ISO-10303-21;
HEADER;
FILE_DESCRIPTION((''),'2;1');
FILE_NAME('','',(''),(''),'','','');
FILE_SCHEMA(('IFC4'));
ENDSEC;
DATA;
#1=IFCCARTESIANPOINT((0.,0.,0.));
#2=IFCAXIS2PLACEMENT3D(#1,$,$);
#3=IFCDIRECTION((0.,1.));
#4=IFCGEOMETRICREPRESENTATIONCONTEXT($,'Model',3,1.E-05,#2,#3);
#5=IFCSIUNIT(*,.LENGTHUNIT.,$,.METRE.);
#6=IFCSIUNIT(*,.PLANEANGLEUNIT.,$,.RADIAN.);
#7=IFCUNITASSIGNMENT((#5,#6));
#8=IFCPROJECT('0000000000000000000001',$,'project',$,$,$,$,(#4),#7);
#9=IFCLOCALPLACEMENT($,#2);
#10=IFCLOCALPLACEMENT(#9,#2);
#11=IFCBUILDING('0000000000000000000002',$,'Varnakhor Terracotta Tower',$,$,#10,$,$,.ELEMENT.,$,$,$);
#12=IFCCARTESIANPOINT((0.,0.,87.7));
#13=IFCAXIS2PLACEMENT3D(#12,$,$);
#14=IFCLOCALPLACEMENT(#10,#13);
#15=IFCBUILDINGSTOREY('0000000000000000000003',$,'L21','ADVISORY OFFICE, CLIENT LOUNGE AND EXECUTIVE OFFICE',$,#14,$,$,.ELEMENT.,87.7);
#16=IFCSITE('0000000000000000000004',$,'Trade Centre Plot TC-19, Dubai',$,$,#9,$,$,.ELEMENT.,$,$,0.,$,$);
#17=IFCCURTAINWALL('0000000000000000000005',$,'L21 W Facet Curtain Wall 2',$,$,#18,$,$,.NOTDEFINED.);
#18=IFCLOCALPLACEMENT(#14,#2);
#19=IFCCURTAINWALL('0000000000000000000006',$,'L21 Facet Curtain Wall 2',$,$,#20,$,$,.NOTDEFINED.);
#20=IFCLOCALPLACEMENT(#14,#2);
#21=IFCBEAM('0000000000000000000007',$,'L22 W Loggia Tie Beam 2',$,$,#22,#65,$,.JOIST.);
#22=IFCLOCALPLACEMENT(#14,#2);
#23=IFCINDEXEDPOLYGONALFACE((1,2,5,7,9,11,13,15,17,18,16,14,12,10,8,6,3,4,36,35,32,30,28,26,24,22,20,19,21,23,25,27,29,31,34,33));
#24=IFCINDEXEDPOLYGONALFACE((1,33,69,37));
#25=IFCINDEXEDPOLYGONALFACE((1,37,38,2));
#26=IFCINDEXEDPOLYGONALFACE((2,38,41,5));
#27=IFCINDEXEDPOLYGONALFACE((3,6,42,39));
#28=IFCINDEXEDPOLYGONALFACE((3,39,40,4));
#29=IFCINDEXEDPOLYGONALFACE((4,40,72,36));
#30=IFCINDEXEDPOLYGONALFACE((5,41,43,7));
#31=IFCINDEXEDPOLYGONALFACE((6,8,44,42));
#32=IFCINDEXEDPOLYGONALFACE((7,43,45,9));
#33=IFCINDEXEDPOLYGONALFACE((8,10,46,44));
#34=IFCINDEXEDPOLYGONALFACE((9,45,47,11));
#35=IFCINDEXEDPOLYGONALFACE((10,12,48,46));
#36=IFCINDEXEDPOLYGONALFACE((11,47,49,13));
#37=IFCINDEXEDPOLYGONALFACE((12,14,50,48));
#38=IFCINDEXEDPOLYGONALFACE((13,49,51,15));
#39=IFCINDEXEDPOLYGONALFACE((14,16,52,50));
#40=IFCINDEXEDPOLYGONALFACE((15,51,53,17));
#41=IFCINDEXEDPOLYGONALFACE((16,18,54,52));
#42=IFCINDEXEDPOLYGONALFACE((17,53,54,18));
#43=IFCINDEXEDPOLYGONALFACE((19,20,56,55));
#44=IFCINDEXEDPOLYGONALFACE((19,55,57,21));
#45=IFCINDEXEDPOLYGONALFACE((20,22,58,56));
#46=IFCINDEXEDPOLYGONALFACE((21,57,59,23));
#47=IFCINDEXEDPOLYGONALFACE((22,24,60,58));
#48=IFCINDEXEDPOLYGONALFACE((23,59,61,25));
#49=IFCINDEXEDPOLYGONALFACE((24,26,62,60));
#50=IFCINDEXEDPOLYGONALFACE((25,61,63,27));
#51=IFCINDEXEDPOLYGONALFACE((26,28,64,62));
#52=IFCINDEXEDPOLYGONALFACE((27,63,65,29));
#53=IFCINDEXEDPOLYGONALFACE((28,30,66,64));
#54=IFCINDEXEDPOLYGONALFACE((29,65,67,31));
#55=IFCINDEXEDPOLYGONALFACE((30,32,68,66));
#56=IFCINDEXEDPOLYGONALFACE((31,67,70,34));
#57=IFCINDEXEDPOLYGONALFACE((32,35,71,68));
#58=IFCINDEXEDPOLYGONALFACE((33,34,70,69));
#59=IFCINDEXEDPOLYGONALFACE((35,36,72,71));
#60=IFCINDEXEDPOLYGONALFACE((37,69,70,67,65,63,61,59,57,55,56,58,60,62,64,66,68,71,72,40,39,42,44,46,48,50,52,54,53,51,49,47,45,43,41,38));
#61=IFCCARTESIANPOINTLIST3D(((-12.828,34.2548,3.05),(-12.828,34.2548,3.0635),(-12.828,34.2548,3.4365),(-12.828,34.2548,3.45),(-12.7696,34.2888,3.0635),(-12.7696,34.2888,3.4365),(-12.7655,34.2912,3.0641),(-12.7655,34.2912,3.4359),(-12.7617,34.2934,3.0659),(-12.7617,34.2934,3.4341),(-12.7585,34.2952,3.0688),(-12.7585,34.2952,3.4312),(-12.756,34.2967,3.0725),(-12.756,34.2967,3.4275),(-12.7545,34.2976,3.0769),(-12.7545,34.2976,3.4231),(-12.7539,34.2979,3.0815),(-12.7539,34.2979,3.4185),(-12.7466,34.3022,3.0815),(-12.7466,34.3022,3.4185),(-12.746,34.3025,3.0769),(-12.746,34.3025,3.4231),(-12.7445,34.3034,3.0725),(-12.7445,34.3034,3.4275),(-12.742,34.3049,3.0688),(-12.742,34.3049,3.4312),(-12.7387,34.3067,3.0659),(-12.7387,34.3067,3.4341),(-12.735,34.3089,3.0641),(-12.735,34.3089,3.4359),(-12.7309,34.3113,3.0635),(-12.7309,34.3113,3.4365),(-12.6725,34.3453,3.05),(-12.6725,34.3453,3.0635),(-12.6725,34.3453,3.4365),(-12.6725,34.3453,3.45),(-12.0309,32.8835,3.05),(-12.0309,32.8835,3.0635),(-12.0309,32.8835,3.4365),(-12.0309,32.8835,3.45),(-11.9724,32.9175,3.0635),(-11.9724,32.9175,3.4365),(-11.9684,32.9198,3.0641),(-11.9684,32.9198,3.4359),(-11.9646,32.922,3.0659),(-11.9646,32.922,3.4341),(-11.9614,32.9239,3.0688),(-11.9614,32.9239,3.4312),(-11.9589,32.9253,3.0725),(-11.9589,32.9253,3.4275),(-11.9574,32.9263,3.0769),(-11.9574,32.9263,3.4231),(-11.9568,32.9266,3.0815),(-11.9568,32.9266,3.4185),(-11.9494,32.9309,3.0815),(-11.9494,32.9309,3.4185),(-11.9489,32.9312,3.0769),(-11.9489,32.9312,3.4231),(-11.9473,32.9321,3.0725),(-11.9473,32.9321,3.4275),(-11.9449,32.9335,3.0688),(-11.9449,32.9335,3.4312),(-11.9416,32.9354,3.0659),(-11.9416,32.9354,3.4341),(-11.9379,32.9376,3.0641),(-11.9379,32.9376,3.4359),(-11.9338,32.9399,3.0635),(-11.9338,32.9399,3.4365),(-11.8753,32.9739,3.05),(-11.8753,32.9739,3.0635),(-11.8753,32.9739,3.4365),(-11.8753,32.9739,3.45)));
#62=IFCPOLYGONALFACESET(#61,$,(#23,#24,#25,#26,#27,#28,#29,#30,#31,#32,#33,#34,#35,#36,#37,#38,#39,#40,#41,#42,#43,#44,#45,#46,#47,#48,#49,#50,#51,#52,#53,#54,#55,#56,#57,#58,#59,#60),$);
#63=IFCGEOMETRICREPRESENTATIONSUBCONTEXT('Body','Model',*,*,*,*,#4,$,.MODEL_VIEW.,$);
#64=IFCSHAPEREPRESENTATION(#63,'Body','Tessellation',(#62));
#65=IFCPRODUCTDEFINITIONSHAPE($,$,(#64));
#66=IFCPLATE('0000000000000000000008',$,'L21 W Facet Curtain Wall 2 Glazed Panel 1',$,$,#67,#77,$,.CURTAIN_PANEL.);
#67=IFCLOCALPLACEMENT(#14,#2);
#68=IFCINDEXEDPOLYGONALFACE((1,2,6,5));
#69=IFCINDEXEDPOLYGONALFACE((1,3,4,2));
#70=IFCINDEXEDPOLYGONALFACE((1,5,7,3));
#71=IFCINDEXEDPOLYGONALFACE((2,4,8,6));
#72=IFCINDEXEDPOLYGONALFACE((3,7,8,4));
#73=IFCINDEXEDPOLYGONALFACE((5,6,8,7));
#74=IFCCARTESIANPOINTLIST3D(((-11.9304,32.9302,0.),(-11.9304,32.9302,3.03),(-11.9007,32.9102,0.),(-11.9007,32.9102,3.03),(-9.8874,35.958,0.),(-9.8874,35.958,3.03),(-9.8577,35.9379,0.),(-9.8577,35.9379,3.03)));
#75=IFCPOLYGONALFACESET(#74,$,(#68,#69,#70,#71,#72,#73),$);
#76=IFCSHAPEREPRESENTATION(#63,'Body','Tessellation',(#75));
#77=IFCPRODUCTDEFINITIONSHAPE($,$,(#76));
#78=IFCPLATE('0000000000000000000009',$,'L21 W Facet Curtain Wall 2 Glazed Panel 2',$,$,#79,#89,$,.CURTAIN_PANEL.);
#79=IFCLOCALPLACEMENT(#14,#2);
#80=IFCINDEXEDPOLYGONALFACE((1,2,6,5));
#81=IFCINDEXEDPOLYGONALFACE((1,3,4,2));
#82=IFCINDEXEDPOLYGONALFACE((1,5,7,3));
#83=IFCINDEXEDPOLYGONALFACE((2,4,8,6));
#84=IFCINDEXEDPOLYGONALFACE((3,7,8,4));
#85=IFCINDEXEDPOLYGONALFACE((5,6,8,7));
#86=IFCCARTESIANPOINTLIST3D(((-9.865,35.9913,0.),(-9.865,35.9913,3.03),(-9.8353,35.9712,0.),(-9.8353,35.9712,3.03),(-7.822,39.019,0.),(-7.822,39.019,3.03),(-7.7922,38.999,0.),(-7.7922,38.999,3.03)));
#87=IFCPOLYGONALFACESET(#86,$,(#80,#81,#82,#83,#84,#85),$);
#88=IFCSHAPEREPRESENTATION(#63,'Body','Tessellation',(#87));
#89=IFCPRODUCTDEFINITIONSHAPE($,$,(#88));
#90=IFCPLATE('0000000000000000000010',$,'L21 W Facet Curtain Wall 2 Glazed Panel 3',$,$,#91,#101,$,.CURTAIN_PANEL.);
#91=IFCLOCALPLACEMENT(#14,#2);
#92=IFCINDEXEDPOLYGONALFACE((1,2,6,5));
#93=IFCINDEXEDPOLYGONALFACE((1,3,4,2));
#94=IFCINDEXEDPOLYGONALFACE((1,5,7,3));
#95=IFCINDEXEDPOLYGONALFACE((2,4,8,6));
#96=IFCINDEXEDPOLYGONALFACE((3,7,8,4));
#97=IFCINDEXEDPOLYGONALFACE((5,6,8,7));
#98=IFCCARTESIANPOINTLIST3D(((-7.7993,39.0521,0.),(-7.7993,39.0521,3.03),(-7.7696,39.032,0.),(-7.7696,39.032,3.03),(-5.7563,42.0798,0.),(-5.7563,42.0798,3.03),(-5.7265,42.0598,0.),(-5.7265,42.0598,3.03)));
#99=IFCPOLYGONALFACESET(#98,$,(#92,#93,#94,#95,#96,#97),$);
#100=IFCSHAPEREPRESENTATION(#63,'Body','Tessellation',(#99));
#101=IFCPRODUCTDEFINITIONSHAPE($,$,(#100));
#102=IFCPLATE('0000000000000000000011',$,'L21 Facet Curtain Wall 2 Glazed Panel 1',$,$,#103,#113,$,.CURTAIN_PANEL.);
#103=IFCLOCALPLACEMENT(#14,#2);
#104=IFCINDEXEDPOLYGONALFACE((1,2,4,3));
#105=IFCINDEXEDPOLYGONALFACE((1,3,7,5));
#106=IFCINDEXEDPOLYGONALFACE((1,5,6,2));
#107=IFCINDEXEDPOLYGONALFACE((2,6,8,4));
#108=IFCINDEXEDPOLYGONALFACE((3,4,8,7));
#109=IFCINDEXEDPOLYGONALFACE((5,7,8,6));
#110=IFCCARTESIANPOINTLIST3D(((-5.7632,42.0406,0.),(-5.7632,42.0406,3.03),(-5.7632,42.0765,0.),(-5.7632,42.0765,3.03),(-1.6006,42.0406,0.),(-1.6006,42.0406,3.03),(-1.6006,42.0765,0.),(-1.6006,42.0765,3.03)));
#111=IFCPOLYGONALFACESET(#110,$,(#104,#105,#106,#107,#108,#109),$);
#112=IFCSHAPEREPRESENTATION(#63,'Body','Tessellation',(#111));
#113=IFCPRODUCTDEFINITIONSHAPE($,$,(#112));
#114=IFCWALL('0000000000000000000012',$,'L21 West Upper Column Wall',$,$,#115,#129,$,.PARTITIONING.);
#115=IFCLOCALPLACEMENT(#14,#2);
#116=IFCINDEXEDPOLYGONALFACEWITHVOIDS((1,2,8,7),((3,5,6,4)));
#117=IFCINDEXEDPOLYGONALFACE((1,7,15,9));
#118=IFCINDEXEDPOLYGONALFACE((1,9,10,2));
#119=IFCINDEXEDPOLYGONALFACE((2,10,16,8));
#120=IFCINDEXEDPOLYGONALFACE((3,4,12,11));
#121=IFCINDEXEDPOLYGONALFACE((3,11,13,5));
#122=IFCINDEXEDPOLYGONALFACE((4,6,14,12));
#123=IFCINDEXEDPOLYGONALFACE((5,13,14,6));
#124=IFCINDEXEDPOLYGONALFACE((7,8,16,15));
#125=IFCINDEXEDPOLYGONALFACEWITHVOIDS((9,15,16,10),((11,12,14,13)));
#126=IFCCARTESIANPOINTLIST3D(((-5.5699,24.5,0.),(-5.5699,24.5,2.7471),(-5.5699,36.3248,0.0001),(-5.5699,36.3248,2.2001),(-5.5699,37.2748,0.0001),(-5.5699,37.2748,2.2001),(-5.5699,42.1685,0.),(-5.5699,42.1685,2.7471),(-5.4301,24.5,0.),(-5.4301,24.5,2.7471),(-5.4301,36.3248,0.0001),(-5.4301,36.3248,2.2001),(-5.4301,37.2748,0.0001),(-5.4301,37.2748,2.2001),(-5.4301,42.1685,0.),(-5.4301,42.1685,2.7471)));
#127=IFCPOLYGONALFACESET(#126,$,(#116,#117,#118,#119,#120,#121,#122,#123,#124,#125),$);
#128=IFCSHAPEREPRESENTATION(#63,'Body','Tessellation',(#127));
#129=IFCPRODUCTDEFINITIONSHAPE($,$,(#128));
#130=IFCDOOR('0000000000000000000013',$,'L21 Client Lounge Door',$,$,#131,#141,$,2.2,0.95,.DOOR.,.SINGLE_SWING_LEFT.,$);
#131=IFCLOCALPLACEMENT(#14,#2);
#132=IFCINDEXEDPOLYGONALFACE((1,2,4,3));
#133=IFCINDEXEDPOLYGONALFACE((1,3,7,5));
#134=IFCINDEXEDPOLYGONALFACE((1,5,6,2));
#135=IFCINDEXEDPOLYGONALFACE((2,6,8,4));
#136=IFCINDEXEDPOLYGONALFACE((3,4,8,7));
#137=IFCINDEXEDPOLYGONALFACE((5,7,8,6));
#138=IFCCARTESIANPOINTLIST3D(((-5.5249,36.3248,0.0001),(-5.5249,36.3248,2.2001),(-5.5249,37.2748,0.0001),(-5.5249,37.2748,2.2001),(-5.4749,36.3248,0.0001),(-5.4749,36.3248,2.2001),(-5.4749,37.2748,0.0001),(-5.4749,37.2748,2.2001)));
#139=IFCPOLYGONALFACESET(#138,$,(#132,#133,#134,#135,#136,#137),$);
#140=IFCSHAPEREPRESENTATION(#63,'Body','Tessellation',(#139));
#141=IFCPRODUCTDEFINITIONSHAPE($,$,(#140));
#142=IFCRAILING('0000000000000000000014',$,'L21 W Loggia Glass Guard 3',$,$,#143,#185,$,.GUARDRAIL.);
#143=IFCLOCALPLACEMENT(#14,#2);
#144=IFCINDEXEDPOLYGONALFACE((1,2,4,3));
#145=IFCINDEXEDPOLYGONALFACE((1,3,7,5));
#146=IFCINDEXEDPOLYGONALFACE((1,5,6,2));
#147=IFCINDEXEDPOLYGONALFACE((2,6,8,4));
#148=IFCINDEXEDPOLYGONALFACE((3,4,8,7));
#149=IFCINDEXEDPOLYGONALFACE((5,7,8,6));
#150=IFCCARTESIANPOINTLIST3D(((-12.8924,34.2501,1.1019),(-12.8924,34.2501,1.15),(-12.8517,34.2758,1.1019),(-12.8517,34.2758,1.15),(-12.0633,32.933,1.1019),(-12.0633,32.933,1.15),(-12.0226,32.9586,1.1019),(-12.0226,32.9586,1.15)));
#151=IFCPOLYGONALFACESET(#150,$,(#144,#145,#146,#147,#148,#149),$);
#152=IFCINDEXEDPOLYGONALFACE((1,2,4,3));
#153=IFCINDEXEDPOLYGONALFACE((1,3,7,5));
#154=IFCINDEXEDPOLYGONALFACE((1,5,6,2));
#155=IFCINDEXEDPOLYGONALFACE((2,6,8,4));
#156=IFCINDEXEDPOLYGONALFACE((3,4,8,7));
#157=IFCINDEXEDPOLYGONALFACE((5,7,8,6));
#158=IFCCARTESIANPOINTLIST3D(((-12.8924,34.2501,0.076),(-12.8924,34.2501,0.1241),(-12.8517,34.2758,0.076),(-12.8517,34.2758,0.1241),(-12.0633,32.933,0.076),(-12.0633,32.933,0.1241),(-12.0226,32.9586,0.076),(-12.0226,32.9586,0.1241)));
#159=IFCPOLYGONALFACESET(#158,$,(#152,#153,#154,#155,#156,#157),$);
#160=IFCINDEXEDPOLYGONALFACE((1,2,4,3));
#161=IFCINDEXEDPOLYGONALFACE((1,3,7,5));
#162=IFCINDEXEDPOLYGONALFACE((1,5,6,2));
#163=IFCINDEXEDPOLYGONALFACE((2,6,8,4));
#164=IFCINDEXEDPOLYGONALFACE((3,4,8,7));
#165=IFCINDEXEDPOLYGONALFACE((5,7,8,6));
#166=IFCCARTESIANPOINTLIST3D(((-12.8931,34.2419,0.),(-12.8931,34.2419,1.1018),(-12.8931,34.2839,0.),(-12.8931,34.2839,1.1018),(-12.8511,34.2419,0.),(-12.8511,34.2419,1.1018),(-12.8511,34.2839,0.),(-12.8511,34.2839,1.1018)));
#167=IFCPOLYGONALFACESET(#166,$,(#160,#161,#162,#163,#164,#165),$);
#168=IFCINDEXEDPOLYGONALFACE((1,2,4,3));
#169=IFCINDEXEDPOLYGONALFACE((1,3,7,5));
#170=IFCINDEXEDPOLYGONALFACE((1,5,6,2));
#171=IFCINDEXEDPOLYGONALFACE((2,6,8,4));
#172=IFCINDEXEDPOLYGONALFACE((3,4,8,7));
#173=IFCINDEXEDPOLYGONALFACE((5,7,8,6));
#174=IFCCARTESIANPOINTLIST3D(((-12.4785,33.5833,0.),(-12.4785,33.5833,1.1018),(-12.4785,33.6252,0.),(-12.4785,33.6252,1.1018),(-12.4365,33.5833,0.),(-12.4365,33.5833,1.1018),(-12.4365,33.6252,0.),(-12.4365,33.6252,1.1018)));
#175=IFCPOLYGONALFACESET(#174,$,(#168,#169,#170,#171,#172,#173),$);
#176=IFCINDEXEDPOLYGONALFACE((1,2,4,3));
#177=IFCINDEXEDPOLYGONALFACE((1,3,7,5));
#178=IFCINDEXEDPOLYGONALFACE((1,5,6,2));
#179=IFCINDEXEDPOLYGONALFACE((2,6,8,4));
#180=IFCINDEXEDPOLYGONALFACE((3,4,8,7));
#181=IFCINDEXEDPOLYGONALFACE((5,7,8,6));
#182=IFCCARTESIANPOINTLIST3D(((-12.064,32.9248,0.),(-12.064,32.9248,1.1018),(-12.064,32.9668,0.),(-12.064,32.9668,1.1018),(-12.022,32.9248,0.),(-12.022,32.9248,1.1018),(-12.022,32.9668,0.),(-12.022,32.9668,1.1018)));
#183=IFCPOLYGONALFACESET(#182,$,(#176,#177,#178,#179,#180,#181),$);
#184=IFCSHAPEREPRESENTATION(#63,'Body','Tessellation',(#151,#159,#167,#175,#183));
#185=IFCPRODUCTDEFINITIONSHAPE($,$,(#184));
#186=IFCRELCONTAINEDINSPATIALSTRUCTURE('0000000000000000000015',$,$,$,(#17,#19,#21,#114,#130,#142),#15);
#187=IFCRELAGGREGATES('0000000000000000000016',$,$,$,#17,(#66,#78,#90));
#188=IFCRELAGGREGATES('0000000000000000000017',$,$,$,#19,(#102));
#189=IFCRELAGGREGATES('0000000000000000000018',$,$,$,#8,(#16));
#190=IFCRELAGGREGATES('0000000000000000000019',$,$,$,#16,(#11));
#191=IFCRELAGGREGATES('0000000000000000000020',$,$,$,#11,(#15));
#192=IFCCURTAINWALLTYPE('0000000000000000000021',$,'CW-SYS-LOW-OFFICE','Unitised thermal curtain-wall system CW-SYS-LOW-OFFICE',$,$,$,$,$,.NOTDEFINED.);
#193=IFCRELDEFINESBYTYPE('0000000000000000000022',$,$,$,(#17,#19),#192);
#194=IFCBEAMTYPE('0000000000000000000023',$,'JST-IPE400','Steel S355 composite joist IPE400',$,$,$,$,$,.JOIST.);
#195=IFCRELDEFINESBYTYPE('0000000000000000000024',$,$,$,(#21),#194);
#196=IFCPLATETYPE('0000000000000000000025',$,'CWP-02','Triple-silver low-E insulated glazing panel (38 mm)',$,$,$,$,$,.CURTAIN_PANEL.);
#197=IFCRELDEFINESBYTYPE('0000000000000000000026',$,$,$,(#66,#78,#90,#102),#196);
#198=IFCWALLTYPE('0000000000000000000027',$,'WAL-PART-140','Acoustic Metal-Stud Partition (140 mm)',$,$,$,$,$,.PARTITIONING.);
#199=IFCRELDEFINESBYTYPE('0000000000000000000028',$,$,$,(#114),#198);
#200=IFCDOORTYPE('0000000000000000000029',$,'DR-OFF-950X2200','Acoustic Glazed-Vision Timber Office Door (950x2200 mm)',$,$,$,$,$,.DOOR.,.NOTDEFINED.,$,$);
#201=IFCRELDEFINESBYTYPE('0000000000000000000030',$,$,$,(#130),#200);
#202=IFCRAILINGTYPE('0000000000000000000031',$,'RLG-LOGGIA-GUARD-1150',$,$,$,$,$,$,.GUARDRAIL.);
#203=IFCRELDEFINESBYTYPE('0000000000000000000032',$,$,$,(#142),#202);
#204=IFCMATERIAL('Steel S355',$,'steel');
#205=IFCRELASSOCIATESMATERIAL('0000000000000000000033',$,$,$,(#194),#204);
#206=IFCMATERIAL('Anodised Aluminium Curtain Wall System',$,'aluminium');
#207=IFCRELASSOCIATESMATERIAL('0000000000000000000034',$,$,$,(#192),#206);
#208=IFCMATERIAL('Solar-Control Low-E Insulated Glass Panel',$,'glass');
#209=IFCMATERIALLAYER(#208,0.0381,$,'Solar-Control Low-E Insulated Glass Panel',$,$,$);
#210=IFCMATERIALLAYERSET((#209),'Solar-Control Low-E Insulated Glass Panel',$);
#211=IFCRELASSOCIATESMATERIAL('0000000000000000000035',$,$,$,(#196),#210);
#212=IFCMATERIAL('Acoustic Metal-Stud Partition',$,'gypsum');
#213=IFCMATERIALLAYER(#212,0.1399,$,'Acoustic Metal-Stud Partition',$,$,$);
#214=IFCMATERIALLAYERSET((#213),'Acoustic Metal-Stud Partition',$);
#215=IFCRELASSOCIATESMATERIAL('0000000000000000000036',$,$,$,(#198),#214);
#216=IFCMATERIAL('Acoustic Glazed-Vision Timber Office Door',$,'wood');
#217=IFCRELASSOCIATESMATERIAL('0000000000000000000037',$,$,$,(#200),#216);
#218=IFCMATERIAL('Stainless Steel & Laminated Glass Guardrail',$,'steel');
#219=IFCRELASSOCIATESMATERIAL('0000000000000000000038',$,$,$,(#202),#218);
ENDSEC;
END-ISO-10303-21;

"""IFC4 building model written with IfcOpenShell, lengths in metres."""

from ifc_helpers import new_model, si_unit, direction, frame, frame_2d, origin, origin_2d, place, context, subcontext, project, spatial, rectangle, i_section, extrude, source, transform, mapped, material, layer, layer_set, material_profile, profile_set, type_object, type_shapes, element, fill, aggregate, save


model = new_model("IFC4")

# Units and contexts
model_context = context("Model", 3, precision=1e-05, world=origin(), true_north=direction((0.0, 1.0)))
body_context = subcontext(model_context, "Body", "Model", "MODEL_VIEW")
ifc_project = project(units=[si_unit("LENGTHUNIT", "METRE"), si_unit("PLANEANGLEUNIT", "RADIAN")], contexts=[model_context])

# Site, building, storey
site_placement = place(None, origin())
site = spatial("IfcSite", under=ifc_project, at=site_placement, Name="Trade Centre Plot TC-19, Dubai", CompositionType="ELEMENT", RefElevation=0.0)
building_placement = place(site_placement, origin())
building = spatial("IfcBuilding", under=site, at=building_placement, Name="Varnakhor Terracotta Tower", CompositionType="ELEMENT")
storey_placement = place(building_placement, frame((0.0, 0.0, 87.7)))
storey = spatial("IfcBuildingStorey", under=building, at=storey_placement, Name="L21", Description="ADVISORY OFFICE, CLIENT LOUNGE AND EXECUTIVE OFFICE", CompositionType="ELEMENT", Elevation=87.7)

# Shared definitions
ifc_material_1 = material(Name="Steel S355", Category="steel")
ifc_material_profile_1 = material_profile(ifc_material_1, i_section(OverallWidth=0.1799, OverallDepth=0.3999, WebThickness=0.0085, FlangeThickness=0.0134, FilletRadius=0.0181, at=origin_2d()), Name="IPE400")
ifc_profile_set_1 = profile_set([ifc_material_profile_1], Name="Steel S355")
beam_type_1 = type_object("IfcBeamType", Name="JST-IPE400", Description="Steel S355 composite joist IPE400", PredefinedType="JOIST", material=ifc_profile_set_1)

# Curtain walls
ifc_material_2 = material(Name="Anodised Aluminium Curtain Wall System", Category="aluminium")
curtain_wall_type = type_object("IfcCurtainWallType", Name="CW-SYS-LOW-OFFICE", Description="Unitised thermal curtain-wall system CW-SYS-LOW-OFFICE", PredefinedType="NOTDEFINED", material=ifc_material_2)
curtain_wall_1_placement = place(storey_placement, origin())
curtain_wall_1 = element("IfcCurtainWall", 1, at=curtain_wall_1_placement, inside=storey, type_object=curtain_wall_type, Name="L21 W Facet Curtain Wall 2", PredefinedType="NOTDEFINED")
curtain_wall_2_placement = place(storey_placement, origin())
curtain_wall_2 = element("IfcCurtainWall", 2, at=curtain_wall_2_placement, inside=storey, type_object=curtain_wall_type, Name="L21 Facet Curtain Wall 2", PredefinedType="NOTDEFINED")

# Beam
shared_shape_1 = source(origin(), body_context, "Body", "SweptSolid", [
    extrude(i_section(OverallWidth=0.1799, OverallDepth=0.3999, WebThickness=0.0085, FlangeThickness=0.0134, FilletRadius=0.0181, at=origin_2d()), origin(), (0.0, 0.0, 1.0), 1.5862),
])
beam_1_placement = place(storey_placement, frame((-11.9531, 32.9287, 3.25), z_axis=(-0.50254, 0.864554, 0.0), x_axis=(-0.864554, -0.50254, 0.0)))
element("IfcBeam", 3, at=beam_1_placement, inside=storey, type_object=beam_type_1, Name="L22 W Loggia Tie Beam 2", PredefinedType="JOIST", context=body_context, shape_type="MappedRepresentation", body=[
    mapped(shared_shape_1, transform((0.0, 0.0, 0.0), scale=1.0)),
])

# Plates
ifc_material_3 = material(Name="Solar-Control Low-E Insulated Glass Panel", Category="glass")
ifc_layer_1 = layer(ifc_material_3, 0.0381, Name="Solar-Control Low-E Insulated Glass Panel")
ifc_layer_set_1 = layer_set([ifc_layer_1], Name="Solar-Control Low-E Insulated Glass Panel")
plate_type = type_object("IfcPlateType", Name="CWP-02", Description="Triple-silver low-E insulated glazing panel (38 mm)", PredefinedType="CURTAIN_PANEL", material=ifc_layer_set_1)
shared_shape_2 = source(origin(), body_context, "Body", "SweptSolid", [
    extrude(rectangle(XDim=3.6526, YDim=0.0359, at=origin_2d()), origin(), (0.0, 0.0, 1.0), 3.03),
])
plate_1_placement = place(storey_placement, frame((-10.894, 34.4341, 0.0), z_axis=(0.0, 0.0, 1.0), x_axis=(0.559338, 0.82894, 0.0)))
plate_1 = element("IfcPlate", 4, at=plate_1_placement, type_object=plate_type, Name="L21 W Facet Curtain Wall 2 Glazed Panel 1", PredefinedType="CURTAIN_PANEL", context=body_context, shape_type="MappedRepresentation", body=[
    mapped(shared_shape_2, transform((0.0, 0.0, 0.0), scale=1.0)),
])
plate_2_placement = place(storey_placement, frame((-8.8286, 37.4951, 0.0), z_axis=(0.0, 0.0, 1.0), x_axis=(0.559338, 0.82894, 0.0)))
plate_2 = element("IfcPlate", 5, at=plate_2_placement, type_object=plate_type, Name="L21 W Facet Curtain Wall 2 Glazed Panel 2", PredefinedType="CURTAIN_PANEL", context=body_context, shape_type="MappedRepresentation", body=[
    mapped(shared_shape_2, transform((0.0, 0.0, 0.0), scale=1.0)),
])
plate_3_placement = place(storey_placement, frame((-6.7629, 40.5559, 0.0), z_axis=(0.0, 0.0, 1.0), x_axis=(0.559338, 0.82894, 0.0)))
plate_3 = element("IfcPlate", 6, at=plate_3_placement, type_object=plate_type, Name="L21 W Facet Curtain Wall 2 Glazed Panel 3", PredefinedType="CURTAIN_PANEL", context=body_context, shape_type="MappedRepresentation", body=[
    mapped(shared_shape_2, transform((0.0, 0.0, 0.0), scale=1.0)),
])
aggregate(curtain_wall_1, [plate_1, plate_2, plate_3])
shared_shape_3 = source(origin(), body_context, "Body", "SweptSolid", [
    extrude(rectangle(XDim=4.1626, YDim=0.0359, at=origin_2d()), origin(), (0.0, 0.0, 1.0), 3.03),
])
plate_4_placement = place(storey_placement, frame((-3.6819, 42.0586, 0.0), z_axis=(0.0, 0.0, 1.0), x_axis=(1.0, 0.0, 0.0)))
plate_4 = element("IfcPlate", 7, at=plate_4_placement, type_object=plate_type, Name="L21 Facet Curtain Wall 2 Glazed Panel 1", PredefinedType="CURTAIN_PANEL", context=body_context, shape_type="MappedRepresentation", body=[
    mapped(shared_shape_3, transform((0.0, 0.0, 0.0), scale=1.0)),
])
aggregate(curtain_wall_2, [plate_4])

# Wall, opening, door
ifc_material_4 = material(Name="Acoustic Metal-Stud Partition", Category="gypsum")
ifc_layer_2 = layer(ifc_material_4, 0.1399, Name="Acoustic Metal-Stud Partition")
ifc_layer_set_2 = layer_set([ifc_layer_2], Name="Acoustic Metal-Stud Partition")
wall_type = type_object("IfcWallType", Name="WAL-PART-140", Description="Acoustic Metal-Stud Partition (140 mm)", PredefinedType="PARTITIONING", material=ifc_layer_set_2)
wall_placement = place(storey_placement, frame((-5.5, 24.5, 0.0), z_axis=(0.0, 0.0, 1.0), x_axis=(0.0, 1.0, 0.0)))
wall = element("IfcWall", 8, at=wall_placement, inside=storey, type_object=wall_type, Name="L21 West Upper Column Wall", PredefinedType="PARTITIONING", context=body_context, shape_type="SweptSolid", body=[
    extrude(rectangle(XDim=17.6685, YDim=0.1399, at=frame_2d((8.8342, 0.0))), origin(), (0.0, 0.0, 1.0), 2.7471),
])
opening_placement = place(wall_placement, frame((11.8247, 0.0, 0.0)))
opening = element("IfcOpeningElement", 9, at=opening_placement, cuts=wall, PredefinedType="OPENING", context=body_context, shape_type="SweptSolid", body=[
    extrude(rectangle(XDim=0.95, YDim=2.2, at=frame_2d((0.4751, 1.1001))), frame((0.0, 0.0801, 0.0), z_axis=(0.0, -1.0, 0.0), x_axis=(1.0, 0.0, 0.0)), (0.0, 0.0, 1.0), 0.1599),
])
ifc_material_5 = material(Name="Acoustic Glazed-Vision Timber Office Door", Category="wood")
door_type = type_object("IfcDoorType", Name="DR-OFF-950X2200", Description="Acoustic Glazed-Vision Timber Office Door (950x2200 mm)", OperationType="NOTDEFINED", PredefinedType="DOOR", material=ifc_material_5)
shared_shape_4 = source(origin(), body_context, "Body", "SweptSolid", [
    extrude(rectangle(XDim=0.95, YDim=2.2, at=frame_2d((0.4751, 1.1001))), frame((0.0, 0.0249, 0.0), z_axis=(0.0, -1.0, 0.0), x_axis=(1.0, 0.0, 0.0)), (0.0, 0.0, 1.0), 0.05),
])
type_shapes(door_type, [shared_shape_4])
door_placement = place(opening_placement, origin())
door = element("IfcDoor", 10, at=door_placement, inside=storey, type_object=door_type, Name="L21 Client Lounge Door", OperationType="SINGLE_SWING_LEFT", OverallHeight=2.2, OverallWidth=0.95, PredefinedType="DOOR", context=body_context, shape_type="MappedRepresentation", body=[
    mapped(shared_shape_4, transform((0.0, 0.0, 0.0), scale=1.0)),
])
fill(opening, door)

# Railing
ifc_material_6 = material(Name="Stainless Steel & Laminated Glass Guardrail", Category="steel")
railing_type = type_object("IfcRailingType", Name="RLG-LOGGIA-GUARD-1150", PredefinedType="GUARDRAIL", material=ifc_material_6)
railing_placement = place(storey_placement, frame((-12.8721, 34.2629, 0.0)))
element("IfcRailing", 11, at=railing_placement, inside=storey, type_object=railing_type, Name="L21 W Loggia Glass Guard 3", PredefinedType="GUARDRAIL", context=body_context, shape_type="SweptSolid", body=[
    extrude(rectangle(XDim=0.0481, YDim=0.0481, at=origin_2d()), frame((0.0, 0.0, 1.126), z_axis=(0.532718, -0.846293, 0.0), x_axis=(0.846293, 0.532718, 0.0)), (0.0, 0.0, 1.0), 1.5564),
    extrude(rectangle(XDim=0.0481, YDim=0.0481, at=origin_2d()), frame((0.0, 0.0, 0.1001), z_axis=(0.532718, -0.846293, 0.0), x_axis=(0.846293, 0.532718, 0.0)), (0.0, 0.0, 1.0), 1.5564),
    extrude(rectangle(XDim=0.042, YDim=0.042, at=origin_2d()), origin(), (0.0, 0.0, 1.0), 1.1018),
    extrude(rectangle(XDim=0.042, YDim=0.042, at=origin_2d()), frame((0.4146, -0.6587, 0.0)), (0.0, 0.0, 1.0), 1.1018),
    extrude(rectangle(XDim=0.042, YDim=0.042, at=origin_2d()), frame((0.8291, -1.3171, 0.0)), (0.0, 0.0, 1.0), 1.1018),
])

save(model, "model.ifc")
